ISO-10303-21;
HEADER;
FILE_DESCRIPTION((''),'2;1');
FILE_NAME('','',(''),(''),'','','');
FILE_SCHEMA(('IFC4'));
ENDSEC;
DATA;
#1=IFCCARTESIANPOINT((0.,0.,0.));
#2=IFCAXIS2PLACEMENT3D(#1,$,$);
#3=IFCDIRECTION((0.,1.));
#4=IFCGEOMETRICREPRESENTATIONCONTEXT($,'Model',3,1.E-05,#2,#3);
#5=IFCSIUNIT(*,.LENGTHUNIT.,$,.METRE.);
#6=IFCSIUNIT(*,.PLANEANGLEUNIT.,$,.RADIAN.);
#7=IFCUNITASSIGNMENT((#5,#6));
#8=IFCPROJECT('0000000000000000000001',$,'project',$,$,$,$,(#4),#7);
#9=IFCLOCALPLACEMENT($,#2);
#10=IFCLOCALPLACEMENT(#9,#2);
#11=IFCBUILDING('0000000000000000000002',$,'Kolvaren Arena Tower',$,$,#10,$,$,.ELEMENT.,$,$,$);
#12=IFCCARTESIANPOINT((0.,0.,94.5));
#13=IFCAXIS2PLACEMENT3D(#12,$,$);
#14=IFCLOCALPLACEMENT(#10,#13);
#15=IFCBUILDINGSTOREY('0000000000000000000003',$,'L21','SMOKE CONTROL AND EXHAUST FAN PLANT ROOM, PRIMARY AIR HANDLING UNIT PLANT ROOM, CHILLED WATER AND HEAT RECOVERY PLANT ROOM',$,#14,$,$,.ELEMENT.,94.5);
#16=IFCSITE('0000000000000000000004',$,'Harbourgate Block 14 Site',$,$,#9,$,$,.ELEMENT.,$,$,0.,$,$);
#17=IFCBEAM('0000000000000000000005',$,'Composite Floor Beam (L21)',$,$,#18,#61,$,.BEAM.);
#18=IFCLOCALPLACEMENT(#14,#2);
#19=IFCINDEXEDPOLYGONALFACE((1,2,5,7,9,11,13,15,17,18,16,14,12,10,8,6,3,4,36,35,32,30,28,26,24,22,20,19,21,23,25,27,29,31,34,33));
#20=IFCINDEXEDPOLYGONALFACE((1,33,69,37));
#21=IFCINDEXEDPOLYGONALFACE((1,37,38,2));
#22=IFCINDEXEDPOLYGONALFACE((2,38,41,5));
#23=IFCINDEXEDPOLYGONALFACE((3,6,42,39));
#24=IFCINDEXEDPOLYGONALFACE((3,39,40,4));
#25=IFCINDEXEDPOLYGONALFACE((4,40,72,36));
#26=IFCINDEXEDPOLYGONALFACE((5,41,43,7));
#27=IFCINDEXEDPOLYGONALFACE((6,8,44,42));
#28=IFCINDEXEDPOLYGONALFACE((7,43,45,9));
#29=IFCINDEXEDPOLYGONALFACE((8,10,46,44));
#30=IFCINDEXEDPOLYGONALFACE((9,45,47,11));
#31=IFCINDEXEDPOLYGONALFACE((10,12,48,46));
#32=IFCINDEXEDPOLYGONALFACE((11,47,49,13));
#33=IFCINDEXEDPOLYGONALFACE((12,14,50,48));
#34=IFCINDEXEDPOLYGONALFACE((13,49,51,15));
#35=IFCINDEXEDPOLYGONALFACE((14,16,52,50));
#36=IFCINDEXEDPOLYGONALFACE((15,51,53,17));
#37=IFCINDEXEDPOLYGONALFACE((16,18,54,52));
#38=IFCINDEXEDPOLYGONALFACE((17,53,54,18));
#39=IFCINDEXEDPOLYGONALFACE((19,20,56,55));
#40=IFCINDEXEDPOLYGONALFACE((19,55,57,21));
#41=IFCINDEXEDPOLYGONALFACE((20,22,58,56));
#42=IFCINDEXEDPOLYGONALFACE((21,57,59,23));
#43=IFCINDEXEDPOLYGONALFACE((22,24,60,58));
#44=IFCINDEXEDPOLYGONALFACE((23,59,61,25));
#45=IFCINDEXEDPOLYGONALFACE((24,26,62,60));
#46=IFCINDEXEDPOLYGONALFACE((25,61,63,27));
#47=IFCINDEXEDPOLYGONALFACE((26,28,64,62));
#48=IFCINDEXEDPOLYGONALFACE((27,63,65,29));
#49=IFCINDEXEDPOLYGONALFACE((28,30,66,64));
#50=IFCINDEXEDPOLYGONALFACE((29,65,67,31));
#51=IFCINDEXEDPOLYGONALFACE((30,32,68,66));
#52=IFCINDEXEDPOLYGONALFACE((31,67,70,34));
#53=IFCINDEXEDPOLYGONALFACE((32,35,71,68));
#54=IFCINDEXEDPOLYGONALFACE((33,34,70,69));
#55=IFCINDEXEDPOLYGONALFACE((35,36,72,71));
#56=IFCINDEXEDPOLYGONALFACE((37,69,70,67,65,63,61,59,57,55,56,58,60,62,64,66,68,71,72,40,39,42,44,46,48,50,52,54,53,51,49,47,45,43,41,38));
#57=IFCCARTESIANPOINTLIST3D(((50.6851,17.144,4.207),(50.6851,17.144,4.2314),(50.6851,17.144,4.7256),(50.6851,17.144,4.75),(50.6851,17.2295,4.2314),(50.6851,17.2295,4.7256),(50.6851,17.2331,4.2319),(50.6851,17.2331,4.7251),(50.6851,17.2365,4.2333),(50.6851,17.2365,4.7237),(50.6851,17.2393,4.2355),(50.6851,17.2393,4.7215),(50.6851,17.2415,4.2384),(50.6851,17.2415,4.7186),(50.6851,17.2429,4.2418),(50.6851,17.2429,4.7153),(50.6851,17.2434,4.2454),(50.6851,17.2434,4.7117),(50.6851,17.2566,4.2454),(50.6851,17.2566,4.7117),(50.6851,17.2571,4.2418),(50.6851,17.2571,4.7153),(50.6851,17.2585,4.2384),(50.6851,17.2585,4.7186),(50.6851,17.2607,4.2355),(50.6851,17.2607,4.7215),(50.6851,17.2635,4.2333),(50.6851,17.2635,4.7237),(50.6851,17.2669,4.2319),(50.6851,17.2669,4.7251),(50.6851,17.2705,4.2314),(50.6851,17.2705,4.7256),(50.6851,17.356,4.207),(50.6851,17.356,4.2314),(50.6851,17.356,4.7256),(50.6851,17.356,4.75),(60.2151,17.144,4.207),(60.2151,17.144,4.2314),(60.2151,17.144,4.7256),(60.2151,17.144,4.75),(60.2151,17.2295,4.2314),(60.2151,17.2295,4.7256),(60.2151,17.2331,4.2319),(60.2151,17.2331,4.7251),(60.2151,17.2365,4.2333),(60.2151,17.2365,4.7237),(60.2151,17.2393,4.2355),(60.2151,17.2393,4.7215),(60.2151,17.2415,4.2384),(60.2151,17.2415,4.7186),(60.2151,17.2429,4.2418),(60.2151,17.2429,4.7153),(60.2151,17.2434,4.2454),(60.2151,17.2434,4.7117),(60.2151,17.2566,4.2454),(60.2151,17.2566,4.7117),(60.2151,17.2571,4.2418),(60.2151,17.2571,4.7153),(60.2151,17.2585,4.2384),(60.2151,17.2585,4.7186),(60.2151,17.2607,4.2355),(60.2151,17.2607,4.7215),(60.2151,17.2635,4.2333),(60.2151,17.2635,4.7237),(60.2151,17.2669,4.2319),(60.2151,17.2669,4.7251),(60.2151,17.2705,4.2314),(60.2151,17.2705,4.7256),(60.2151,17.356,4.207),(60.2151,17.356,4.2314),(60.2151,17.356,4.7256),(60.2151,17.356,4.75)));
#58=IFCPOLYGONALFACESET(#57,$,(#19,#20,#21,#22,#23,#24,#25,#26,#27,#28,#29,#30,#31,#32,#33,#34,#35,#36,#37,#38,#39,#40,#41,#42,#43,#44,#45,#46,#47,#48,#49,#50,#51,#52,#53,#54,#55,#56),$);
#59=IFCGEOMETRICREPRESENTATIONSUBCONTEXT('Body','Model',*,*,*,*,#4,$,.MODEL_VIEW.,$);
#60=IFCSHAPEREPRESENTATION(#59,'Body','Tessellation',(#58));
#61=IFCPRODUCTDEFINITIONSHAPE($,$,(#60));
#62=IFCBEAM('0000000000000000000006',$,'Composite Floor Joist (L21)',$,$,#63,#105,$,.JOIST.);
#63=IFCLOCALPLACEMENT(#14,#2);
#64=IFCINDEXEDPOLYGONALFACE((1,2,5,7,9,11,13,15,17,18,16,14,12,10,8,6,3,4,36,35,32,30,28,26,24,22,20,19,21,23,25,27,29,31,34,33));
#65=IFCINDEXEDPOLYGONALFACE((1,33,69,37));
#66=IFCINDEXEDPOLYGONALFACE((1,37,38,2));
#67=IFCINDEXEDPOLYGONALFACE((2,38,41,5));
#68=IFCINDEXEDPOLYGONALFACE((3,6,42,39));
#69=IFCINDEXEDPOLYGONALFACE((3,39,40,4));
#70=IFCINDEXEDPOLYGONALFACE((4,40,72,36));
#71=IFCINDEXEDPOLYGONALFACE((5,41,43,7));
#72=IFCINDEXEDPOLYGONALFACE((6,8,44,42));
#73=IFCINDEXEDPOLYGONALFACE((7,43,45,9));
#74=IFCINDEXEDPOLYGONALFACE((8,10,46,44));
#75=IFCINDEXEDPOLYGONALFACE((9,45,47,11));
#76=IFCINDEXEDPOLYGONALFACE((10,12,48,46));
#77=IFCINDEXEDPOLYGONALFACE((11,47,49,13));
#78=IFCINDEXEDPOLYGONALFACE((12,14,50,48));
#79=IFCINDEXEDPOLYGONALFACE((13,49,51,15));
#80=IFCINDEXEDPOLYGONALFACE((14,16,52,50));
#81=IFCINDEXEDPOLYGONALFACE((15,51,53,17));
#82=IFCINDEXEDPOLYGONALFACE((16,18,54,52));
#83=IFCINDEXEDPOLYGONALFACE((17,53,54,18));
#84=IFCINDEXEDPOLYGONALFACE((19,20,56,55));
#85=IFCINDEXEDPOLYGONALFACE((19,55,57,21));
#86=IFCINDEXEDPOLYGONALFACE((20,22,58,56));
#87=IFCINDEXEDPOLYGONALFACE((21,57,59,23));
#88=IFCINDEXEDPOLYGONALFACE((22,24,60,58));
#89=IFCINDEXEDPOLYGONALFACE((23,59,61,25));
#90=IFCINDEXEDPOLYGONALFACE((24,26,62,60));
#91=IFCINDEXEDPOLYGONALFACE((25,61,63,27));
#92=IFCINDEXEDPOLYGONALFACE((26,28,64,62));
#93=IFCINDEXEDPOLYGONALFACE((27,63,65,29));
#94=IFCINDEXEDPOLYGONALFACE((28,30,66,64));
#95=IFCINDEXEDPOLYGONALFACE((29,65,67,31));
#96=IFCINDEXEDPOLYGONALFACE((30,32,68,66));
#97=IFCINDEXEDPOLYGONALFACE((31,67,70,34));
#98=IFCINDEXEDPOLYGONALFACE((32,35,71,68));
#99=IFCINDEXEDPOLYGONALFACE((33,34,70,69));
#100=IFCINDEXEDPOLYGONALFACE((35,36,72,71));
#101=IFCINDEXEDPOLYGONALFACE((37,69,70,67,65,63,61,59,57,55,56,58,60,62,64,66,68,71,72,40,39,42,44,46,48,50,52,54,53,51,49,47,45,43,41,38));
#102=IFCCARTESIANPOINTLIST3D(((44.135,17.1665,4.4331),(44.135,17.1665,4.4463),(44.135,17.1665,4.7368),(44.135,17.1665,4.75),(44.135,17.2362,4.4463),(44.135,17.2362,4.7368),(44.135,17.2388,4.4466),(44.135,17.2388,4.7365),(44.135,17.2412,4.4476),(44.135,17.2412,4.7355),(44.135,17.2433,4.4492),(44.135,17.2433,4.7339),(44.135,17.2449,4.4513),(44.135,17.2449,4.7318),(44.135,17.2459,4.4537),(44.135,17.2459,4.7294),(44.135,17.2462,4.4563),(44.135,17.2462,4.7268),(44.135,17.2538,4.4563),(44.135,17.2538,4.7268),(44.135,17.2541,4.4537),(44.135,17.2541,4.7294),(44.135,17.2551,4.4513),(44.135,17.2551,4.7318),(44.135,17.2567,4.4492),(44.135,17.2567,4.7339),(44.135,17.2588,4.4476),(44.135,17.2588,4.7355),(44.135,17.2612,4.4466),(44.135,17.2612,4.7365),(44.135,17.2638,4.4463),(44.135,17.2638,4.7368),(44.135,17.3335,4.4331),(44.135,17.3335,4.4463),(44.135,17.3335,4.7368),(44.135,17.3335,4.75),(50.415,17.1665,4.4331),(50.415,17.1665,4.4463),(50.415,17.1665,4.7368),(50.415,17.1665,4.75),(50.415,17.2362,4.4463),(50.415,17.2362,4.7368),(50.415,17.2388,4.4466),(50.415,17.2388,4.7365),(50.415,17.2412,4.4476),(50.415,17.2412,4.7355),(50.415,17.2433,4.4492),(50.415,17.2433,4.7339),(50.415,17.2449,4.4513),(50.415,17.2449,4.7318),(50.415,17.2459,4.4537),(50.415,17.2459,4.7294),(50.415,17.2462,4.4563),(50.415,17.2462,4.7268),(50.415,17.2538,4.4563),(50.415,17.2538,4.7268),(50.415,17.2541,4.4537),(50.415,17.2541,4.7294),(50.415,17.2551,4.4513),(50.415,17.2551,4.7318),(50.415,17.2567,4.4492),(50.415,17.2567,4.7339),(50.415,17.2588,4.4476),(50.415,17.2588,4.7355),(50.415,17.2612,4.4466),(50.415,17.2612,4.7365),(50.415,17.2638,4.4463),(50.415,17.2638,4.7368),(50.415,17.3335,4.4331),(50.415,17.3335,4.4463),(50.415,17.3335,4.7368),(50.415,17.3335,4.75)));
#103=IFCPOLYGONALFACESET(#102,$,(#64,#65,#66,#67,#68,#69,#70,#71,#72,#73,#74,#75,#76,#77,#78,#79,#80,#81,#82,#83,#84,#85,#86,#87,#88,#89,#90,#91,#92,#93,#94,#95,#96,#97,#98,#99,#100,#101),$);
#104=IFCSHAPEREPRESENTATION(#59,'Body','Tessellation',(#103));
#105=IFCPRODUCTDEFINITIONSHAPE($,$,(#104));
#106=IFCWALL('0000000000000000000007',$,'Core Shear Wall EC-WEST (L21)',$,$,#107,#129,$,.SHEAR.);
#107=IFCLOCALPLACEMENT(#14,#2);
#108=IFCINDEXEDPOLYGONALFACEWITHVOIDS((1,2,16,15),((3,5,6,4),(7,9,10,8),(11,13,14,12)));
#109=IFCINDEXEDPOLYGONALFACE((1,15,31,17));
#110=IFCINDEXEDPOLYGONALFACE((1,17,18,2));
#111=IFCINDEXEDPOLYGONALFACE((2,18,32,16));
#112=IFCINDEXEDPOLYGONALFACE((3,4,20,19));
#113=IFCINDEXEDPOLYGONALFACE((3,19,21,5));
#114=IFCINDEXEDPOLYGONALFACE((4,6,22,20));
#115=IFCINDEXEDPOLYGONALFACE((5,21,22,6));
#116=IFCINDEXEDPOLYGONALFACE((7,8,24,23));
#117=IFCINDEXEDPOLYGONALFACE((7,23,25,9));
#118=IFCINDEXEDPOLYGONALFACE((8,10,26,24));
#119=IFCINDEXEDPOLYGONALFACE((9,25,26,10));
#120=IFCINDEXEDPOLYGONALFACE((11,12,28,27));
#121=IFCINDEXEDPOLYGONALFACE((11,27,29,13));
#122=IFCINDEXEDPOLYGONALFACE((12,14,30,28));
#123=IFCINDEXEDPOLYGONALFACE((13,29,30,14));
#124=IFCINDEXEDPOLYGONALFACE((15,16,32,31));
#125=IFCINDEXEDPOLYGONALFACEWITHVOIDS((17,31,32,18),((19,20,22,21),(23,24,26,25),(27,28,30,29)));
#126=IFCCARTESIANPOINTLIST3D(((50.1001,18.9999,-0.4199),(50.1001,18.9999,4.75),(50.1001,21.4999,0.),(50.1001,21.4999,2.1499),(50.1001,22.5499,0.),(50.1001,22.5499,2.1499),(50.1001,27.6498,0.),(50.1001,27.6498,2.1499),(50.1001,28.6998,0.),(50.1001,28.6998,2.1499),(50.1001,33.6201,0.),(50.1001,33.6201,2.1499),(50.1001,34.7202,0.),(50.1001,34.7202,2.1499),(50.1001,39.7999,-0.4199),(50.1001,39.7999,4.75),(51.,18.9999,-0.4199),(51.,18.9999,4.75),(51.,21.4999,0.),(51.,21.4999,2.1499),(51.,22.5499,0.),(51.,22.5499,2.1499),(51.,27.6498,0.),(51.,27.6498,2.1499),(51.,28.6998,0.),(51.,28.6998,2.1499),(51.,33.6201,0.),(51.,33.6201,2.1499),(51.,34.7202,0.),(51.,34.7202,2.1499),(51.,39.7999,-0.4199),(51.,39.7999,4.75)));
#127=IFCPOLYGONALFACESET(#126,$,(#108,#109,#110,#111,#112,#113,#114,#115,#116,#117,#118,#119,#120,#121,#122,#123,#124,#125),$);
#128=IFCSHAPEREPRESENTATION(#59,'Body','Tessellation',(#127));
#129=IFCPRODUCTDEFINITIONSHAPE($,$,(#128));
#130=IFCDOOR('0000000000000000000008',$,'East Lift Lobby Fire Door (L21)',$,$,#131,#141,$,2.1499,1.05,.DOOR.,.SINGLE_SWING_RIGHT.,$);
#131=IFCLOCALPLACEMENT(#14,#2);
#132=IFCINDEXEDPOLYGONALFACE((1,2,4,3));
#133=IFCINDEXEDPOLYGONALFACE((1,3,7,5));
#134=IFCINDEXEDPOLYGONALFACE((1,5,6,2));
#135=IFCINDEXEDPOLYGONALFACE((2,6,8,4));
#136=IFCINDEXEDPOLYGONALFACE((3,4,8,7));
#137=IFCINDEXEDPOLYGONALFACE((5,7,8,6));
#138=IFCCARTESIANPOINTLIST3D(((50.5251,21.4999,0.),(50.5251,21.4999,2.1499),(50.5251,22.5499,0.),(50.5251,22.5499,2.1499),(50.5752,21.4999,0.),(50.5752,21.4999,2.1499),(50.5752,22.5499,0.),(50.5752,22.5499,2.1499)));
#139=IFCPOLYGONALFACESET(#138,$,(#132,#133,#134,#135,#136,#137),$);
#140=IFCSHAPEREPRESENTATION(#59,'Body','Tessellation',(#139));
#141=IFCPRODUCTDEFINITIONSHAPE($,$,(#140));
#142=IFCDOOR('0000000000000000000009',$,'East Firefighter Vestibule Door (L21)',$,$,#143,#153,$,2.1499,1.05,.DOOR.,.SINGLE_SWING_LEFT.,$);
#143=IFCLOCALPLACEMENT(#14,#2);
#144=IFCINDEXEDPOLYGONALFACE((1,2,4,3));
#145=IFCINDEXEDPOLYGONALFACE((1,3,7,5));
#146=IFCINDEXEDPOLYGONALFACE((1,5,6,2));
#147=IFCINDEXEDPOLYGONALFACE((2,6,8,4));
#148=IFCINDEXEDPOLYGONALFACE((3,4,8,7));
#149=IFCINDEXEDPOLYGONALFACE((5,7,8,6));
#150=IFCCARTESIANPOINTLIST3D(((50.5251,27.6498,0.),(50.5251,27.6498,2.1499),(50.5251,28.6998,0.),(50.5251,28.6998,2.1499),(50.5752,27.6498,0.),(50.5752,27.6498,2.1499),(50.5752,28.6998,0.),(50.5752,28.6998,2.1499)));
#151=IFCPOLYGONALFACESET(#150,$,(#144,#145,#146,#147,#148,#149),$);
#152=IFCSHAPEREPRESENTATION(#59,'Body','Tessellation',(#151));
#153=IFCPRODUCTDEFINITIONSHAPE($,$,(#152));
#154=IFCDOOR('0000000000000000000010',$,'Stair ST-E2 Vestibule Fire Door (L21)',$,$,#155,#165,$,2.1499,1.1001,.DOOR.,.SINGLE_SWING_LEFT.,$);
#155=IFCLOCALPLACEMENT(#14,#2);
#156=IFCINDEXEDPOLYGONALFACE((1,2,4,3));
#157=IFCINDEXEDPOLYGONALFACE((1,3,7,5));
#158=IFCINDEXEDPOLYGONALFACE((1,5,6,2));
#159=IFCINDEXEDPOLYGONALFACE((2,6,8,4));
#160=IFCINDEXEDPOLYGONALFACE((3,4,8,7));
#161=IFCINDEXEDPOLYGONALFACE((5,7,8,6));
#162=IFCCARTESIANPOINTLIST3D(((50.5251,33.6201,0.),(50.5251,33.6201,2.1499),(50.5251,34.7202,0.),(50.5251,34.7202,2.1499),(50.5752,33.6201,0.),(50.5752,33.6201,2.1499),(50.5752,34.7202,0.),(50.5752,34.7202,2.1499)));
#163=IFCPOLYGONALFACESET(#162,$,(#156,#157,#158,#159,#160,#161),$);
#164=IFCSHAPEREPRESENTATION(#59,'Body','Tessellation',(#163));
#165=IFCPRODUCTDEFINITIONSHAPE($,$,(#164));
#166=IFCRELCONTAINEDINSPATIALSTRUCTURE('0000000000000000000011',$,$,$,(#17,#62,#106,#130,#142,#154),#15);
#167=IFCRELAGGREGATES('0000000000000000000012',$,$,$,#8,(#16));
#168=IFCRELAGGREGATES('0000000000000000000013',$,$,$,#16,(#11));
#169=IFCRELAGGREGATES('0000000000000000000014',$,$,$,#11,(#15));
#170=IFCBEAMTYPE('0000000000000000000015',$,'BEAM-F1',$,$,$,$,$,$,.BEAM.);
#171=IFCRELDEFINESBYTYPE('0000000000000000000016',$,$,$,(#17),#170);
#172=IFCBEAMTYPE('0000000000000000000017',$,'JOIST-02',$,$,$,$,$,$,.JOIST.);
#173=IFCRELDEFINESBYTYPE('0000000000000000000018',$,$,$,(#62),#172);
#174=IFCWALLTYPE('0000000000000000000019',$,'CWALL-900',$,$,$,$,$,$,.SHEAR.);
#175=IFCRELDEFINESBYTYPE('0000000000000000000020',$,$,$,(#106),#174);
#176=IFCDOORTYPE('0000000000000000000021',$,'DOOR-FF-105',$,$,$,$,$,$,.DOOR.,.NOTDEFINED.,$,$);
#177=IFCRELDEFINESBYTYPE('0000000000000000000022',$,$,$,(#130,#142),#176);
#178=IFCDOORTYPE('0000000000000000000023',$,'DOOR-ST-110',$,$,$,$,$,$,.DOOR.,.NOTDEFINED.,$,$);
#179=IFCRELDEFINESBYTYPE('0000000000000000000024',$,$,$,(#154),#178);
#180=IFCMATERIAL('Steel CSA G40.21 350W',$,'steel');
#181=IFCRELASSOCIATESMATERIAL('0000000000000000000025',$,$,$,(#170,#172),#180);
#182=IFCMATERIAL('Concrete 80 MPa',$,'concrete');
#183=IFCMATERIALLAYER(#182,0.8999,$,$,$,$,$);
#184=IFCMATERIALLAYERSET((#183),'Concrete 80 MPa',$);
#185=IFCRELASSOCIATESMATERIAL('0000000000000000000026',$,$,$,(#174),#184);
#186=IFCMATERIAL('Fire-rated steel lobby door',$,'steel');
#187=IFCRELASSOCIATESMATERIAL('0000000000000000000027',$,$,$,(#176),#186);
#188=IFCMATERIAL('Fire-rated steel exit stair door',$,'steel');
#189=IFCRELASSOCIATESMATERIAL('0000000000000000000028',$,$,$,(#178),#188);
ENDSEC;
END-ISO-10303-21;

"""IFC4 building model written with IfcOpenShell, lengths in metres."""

from ifc_helpers import new_model, si_unit, direction, frame, frame_2d, origin, origin_2d, place, context, subcontext, project, spatial, rectangle, i_section, extrude, material, layer, layer_set, material_profile, profile_set, type_object, element, fill, save


model = new_model("IFC4")

# Units and contexts
model_context = context("Model", 3, precision=1e-05, world=origin(), true_north=direction((0.0, 1.0)))
body_context = subcontext(model_context, "Body", "Model", "MODEL_VIEW")
ifc_project = project(units=[si_unit("LENGTHUNIT", "METRE"), si_unit("PLANEANGLEUNIT", "RADIAN")], contexts=[model_context])

# Site, building, storey
site_placement = place(None, origin())
site = spatial("IfcSite", under=ifc_project, at=site_placement, Name="Harbourgate Block 14 Site", CompositionType="ELEMENT", RefElevation=0.0)
building_placement = place(site_placement, origin())
building = spatial("IfcBuilding", under=site, at=building_placement, Name="Kolvaren Arena Tower", CompositionType="ELEMENT")
storey_placement = place(building_placement, frame((0.0, 0.0, 94.5)))
storey = spatial("IfcBuildingStorey", under=building, at=storey_placement, Name="L21", Description="SMOKE CONTROL AND EXHAUST FAN PLANT ROOM, PRIMARY AIR HANDLING UNIT PLANT ROOM, CHILLED WATER AND HEAT RECOVERY PLANT ROOM", CompositionType="ELEMENT", Elevation=94.5)

# Beams
ifc_material_1 = material(Name="Steel CSA G40.21 350W", Category="steel")
ifc_material_profile_1 = material_profile(ifc_material_1, i_section(OverallWidth=0.2119, OverallDepth=0.543, WebThickness=0.0132, FlangeThickness=0.0244, FilletRadius=0.0139, at=origin_2d()), Name="W530x150")
ifc_profile_set_1 = profile_set([ifc_material_profile_1], Name="Steel CSA G40.21 350W")
beam_type_1 = type_object("IfcBeamType", Name="BEAM-F1", PredefinedType="BEAM", material=ifc_profile_set_1)
beam_1_placement = place(storey_placement, frame((50.6851, 17.25, 4.4785), z_axis=(1.0, 0.0, 0.0), x_axis=(0.0, 1.0, 0.0)))
element("IfcBeam", 1, at=beam_1_placement, inside=storey, type_object=beam_type_1, Name="Composite Floor Beam (L21)", PredefinedType="BEAM", context=body_context, shape_type="SweptSolid", body=[
    extrude(i_section(OverallWidth=0.2119, OverallDepth=0.543, WebThickness=0.0132, FlangeThickness=0.0244, FilletRadius=0.0139, at=origin_2d()), origin(), (0.0, 0.0, 1.0), 9.53),
])
ifc_material_profile_2 = material_profile(ifc_material_1, i_section(OverallWidth=0.167, OverallDepth=0.3169, WebThickness=0.0076, FlangeThickness=0.0132, FilletRadius=0.01, at=origin_2d()), Name="W310x52")
ifc_profile_set_2 = profile_set([ifc_material_profile_2], Name="Steel CSA G40.21 350W")
beam_type_2 = type_object("IfcBeamType", Name="JOIST-02", PredefinedType="JOIST", material=ifc_profile_set_2)
beam_2_placement = place(storey_placement, frame((44.135, 17.25, 4.5916), z_axis=(1.0, 0.0, 0.0), x_axis=(0.0, 1.0, 0.0)))
element("IfcBeam", 2, at=beam_2_placement, inside=storey, type_object=beam_type_2, Name="Composite Floor Joist (L21)", PredefinedType="JOIST", context=body_context, shape_type="SweptSolid", body=[
    extrude(i_section(OverallWidth=0.167, OverallDepth=0.3169, WebThickness=0.0076, FlangeThickness=0.0132, FilletRadius=0.01, at=origin_2d()), origin(), (0.0, 0.0, 1.0), 6.28),
])

# Wall, openings, doors
ifc_material_2 = material(Name="Concrete 80 MPa", Category="concrete")
ifc_layer_1 = layer(ifc_material_2, 0.8999)
ifc_layer_set_1 = layer_set([ifc_layer_1], Name="Concrete 80 MPa")
wall_type_1 = type_object("IfcWallType", Name="CWALL-900", PredefinedType="SHEAR", material=ifc_layer_set_1)
wall_1_placement = place(storey_placement, frame((50.55, 19.0, -0.4199), z_axis=(0.0, 0.0, 1.0), x_axis=(0.0, 1.0, 0.0)))
wall_1 = element("IfcWall", 3, at=wall_1_placement, inside=storey, type_object=wall_type_1, Name="Core Shear Wall EC-WEST (L21)", PredefinedType="SHEAR", context=body_context, shape_type="SweptSolid", body=[
    extrude(rectangle(XDim=20.8, YDim=0.8999, at=frame_2d((10.3999, 0.0))), origin(), (0.0, 0.0, 1.0), 5.1699),
])
opening_1_placement = place(wall_1_placement, frame((2.5, 0.0, 0.4199)))
opening_1 = element("IfcOpeningElement", 4, at=opening_1_placement, cuts=wall_1, PredefinedType="OPENING", context=body_context, shape_type="SweptSolid", body=[
    extrude(rectangle(XDim=1.05, YDim=2.1499, at=frame_2d((0.5249, 1.075))), frame((0.0, 0.46, 0.0), z_axis=(0.0, -1.0, 0.0), x_axis=(1.0, 0.0, 0.0)), (0.0, 0.0, 1.0), 0.9199),
])
opening_2_placement = place(wall_1_placement, frame((8.6499, 0.0, 0.4199)))
opening_2 = element("IfcOpeningElement", 5, at=opening_2_placement, cuts=wall_1, PredefinedType="OPENING", context=body_context, shape_type="SweptSolid", body=[
    extrude(rectangle(XDim=1.05, YDim=2.1499, at=frame_2d((0.5249, 1.075))), frame((0.0, 0.46, 0.0), z_axis=(0.0, -1.0, 0.0), x_axis=(1.0, 0.0, 0.0)), (0.0, 0.0, 1.0), 0.9199),
])
opening_3_placement = place(wall_1_placement, frame((14.6201, 0.0, 0.4199)))
opening_3 = element("IfcOpeningElement", 6, at=opening_3_placement, cuts=wall_1, PredefinedType="OPENING", context=body_context, shape_type="SweptSolid", body=[
    extrude(rectangle(XDim=1.1001, YDim=2.1499, at=frame_2d((0.55, 1.075))), frame((0.0, 0.46, 0.0), z_axis=(0.0, -1.0, 0.0), x_axis=(1.0, 0.0, 0.0)), (0.0, 0.0, 1.0), 0.9199),
])
ifc_material_3 = material(Name="Fire-rated steel lobby door", Category="steel")
door_type_1 = type_object("IfcDoorType", Name="DOOR-FF-105", OperationType="NOTDEFINED", PredefinedType="DOOR", material=ifc_material_3)
door_1_placement = place(opening_1_placement, origin())
door_1 = element("IfcDoor", 7, at=door_1_placement, inside=storey, type_object=door_type_1, Name="East Lift Lobby Fire Door (L21)", OperationType="SINGLE_SWING_RIGHT", OverallHeight=2.1499, OverallWidth=1.05, PredefinedType="DOOR", context=body_context, shape_type="SweptSolid", body=[
    extrude(rectangle(XDim=1.05, YDim=2.1499, at=frame_2d((0.5249, 1.075))), frame((0.0, 0.0249, 0.0), z_axis=(0.0, -1.0, 0.0), x_axis=(1.0, 0.0, 0.0)), (0.0, 0.0, 1.0), 0.05),
])
fill(opening_1, door_1)
door_2_placement = place(opening_2_placement, origin())
door_2 = element("IfcDoor", 8, at=door_2_placement, inside=storey, type_object=door_type_1, Name="East Firefighter Vestibule Door (L21)", OperationType="SINGLE_SWING_LEFT", OverallHeight=2.1499, OverallWidth=1.05, PredefinedType="DOOR", context=body_context, shape_type="SweptSolid", body=[
    extrude(rectangle(XDim=1.05, YDim=2.1499, at=frame_2d((0.5249, 1.075))), frame((0.0, 0.0249, 0.0), z_axis=(0.0, -1.0, 0.0), x_axis=(1.0, 0.0, 0.0)), (0.0, 0.0, 1.0), 0.05),
])
fill(opening_2, door_2)
ifc_material_4 = material(Name="Fire-rated steel exit stair door", Category="steel")
door_type_2 = type_object("IfcDoorType", Name="DOOR-ST-110", OperationType="NOTDEFINED", PredefinedType="DOOR", material=ifc_material_4)
door_3_placement = place(opening_3_placement, origin())
door_3 = element("IfcDoor", 9, at=door_3_placement, inside=storey, type_object=door_type_2, Name="Stair ST-E2 Vestibule Fire Door (L21)", OperationType="SINGLE_SWING_LEFT", OverallHeight=2.1499, OverallWidth=1.1001, PredefinedType="DOOR", context=body_context, shape_type="SweptSolid", body=[
    extrude(rectangle(XDim=1.1001, YDim=2.1499, at=frame_2d((0.55, 1.075))), frame((0.0, 0.0249, 0.0), z_axis=(0.0, -1.0, 0.0), x_axis=(1.0, 0.0, 0.0)), (0.0, 0.0, 1.0), 0.05),
])
fill(opening_3, door_3)

save(model, "model.ifc")
